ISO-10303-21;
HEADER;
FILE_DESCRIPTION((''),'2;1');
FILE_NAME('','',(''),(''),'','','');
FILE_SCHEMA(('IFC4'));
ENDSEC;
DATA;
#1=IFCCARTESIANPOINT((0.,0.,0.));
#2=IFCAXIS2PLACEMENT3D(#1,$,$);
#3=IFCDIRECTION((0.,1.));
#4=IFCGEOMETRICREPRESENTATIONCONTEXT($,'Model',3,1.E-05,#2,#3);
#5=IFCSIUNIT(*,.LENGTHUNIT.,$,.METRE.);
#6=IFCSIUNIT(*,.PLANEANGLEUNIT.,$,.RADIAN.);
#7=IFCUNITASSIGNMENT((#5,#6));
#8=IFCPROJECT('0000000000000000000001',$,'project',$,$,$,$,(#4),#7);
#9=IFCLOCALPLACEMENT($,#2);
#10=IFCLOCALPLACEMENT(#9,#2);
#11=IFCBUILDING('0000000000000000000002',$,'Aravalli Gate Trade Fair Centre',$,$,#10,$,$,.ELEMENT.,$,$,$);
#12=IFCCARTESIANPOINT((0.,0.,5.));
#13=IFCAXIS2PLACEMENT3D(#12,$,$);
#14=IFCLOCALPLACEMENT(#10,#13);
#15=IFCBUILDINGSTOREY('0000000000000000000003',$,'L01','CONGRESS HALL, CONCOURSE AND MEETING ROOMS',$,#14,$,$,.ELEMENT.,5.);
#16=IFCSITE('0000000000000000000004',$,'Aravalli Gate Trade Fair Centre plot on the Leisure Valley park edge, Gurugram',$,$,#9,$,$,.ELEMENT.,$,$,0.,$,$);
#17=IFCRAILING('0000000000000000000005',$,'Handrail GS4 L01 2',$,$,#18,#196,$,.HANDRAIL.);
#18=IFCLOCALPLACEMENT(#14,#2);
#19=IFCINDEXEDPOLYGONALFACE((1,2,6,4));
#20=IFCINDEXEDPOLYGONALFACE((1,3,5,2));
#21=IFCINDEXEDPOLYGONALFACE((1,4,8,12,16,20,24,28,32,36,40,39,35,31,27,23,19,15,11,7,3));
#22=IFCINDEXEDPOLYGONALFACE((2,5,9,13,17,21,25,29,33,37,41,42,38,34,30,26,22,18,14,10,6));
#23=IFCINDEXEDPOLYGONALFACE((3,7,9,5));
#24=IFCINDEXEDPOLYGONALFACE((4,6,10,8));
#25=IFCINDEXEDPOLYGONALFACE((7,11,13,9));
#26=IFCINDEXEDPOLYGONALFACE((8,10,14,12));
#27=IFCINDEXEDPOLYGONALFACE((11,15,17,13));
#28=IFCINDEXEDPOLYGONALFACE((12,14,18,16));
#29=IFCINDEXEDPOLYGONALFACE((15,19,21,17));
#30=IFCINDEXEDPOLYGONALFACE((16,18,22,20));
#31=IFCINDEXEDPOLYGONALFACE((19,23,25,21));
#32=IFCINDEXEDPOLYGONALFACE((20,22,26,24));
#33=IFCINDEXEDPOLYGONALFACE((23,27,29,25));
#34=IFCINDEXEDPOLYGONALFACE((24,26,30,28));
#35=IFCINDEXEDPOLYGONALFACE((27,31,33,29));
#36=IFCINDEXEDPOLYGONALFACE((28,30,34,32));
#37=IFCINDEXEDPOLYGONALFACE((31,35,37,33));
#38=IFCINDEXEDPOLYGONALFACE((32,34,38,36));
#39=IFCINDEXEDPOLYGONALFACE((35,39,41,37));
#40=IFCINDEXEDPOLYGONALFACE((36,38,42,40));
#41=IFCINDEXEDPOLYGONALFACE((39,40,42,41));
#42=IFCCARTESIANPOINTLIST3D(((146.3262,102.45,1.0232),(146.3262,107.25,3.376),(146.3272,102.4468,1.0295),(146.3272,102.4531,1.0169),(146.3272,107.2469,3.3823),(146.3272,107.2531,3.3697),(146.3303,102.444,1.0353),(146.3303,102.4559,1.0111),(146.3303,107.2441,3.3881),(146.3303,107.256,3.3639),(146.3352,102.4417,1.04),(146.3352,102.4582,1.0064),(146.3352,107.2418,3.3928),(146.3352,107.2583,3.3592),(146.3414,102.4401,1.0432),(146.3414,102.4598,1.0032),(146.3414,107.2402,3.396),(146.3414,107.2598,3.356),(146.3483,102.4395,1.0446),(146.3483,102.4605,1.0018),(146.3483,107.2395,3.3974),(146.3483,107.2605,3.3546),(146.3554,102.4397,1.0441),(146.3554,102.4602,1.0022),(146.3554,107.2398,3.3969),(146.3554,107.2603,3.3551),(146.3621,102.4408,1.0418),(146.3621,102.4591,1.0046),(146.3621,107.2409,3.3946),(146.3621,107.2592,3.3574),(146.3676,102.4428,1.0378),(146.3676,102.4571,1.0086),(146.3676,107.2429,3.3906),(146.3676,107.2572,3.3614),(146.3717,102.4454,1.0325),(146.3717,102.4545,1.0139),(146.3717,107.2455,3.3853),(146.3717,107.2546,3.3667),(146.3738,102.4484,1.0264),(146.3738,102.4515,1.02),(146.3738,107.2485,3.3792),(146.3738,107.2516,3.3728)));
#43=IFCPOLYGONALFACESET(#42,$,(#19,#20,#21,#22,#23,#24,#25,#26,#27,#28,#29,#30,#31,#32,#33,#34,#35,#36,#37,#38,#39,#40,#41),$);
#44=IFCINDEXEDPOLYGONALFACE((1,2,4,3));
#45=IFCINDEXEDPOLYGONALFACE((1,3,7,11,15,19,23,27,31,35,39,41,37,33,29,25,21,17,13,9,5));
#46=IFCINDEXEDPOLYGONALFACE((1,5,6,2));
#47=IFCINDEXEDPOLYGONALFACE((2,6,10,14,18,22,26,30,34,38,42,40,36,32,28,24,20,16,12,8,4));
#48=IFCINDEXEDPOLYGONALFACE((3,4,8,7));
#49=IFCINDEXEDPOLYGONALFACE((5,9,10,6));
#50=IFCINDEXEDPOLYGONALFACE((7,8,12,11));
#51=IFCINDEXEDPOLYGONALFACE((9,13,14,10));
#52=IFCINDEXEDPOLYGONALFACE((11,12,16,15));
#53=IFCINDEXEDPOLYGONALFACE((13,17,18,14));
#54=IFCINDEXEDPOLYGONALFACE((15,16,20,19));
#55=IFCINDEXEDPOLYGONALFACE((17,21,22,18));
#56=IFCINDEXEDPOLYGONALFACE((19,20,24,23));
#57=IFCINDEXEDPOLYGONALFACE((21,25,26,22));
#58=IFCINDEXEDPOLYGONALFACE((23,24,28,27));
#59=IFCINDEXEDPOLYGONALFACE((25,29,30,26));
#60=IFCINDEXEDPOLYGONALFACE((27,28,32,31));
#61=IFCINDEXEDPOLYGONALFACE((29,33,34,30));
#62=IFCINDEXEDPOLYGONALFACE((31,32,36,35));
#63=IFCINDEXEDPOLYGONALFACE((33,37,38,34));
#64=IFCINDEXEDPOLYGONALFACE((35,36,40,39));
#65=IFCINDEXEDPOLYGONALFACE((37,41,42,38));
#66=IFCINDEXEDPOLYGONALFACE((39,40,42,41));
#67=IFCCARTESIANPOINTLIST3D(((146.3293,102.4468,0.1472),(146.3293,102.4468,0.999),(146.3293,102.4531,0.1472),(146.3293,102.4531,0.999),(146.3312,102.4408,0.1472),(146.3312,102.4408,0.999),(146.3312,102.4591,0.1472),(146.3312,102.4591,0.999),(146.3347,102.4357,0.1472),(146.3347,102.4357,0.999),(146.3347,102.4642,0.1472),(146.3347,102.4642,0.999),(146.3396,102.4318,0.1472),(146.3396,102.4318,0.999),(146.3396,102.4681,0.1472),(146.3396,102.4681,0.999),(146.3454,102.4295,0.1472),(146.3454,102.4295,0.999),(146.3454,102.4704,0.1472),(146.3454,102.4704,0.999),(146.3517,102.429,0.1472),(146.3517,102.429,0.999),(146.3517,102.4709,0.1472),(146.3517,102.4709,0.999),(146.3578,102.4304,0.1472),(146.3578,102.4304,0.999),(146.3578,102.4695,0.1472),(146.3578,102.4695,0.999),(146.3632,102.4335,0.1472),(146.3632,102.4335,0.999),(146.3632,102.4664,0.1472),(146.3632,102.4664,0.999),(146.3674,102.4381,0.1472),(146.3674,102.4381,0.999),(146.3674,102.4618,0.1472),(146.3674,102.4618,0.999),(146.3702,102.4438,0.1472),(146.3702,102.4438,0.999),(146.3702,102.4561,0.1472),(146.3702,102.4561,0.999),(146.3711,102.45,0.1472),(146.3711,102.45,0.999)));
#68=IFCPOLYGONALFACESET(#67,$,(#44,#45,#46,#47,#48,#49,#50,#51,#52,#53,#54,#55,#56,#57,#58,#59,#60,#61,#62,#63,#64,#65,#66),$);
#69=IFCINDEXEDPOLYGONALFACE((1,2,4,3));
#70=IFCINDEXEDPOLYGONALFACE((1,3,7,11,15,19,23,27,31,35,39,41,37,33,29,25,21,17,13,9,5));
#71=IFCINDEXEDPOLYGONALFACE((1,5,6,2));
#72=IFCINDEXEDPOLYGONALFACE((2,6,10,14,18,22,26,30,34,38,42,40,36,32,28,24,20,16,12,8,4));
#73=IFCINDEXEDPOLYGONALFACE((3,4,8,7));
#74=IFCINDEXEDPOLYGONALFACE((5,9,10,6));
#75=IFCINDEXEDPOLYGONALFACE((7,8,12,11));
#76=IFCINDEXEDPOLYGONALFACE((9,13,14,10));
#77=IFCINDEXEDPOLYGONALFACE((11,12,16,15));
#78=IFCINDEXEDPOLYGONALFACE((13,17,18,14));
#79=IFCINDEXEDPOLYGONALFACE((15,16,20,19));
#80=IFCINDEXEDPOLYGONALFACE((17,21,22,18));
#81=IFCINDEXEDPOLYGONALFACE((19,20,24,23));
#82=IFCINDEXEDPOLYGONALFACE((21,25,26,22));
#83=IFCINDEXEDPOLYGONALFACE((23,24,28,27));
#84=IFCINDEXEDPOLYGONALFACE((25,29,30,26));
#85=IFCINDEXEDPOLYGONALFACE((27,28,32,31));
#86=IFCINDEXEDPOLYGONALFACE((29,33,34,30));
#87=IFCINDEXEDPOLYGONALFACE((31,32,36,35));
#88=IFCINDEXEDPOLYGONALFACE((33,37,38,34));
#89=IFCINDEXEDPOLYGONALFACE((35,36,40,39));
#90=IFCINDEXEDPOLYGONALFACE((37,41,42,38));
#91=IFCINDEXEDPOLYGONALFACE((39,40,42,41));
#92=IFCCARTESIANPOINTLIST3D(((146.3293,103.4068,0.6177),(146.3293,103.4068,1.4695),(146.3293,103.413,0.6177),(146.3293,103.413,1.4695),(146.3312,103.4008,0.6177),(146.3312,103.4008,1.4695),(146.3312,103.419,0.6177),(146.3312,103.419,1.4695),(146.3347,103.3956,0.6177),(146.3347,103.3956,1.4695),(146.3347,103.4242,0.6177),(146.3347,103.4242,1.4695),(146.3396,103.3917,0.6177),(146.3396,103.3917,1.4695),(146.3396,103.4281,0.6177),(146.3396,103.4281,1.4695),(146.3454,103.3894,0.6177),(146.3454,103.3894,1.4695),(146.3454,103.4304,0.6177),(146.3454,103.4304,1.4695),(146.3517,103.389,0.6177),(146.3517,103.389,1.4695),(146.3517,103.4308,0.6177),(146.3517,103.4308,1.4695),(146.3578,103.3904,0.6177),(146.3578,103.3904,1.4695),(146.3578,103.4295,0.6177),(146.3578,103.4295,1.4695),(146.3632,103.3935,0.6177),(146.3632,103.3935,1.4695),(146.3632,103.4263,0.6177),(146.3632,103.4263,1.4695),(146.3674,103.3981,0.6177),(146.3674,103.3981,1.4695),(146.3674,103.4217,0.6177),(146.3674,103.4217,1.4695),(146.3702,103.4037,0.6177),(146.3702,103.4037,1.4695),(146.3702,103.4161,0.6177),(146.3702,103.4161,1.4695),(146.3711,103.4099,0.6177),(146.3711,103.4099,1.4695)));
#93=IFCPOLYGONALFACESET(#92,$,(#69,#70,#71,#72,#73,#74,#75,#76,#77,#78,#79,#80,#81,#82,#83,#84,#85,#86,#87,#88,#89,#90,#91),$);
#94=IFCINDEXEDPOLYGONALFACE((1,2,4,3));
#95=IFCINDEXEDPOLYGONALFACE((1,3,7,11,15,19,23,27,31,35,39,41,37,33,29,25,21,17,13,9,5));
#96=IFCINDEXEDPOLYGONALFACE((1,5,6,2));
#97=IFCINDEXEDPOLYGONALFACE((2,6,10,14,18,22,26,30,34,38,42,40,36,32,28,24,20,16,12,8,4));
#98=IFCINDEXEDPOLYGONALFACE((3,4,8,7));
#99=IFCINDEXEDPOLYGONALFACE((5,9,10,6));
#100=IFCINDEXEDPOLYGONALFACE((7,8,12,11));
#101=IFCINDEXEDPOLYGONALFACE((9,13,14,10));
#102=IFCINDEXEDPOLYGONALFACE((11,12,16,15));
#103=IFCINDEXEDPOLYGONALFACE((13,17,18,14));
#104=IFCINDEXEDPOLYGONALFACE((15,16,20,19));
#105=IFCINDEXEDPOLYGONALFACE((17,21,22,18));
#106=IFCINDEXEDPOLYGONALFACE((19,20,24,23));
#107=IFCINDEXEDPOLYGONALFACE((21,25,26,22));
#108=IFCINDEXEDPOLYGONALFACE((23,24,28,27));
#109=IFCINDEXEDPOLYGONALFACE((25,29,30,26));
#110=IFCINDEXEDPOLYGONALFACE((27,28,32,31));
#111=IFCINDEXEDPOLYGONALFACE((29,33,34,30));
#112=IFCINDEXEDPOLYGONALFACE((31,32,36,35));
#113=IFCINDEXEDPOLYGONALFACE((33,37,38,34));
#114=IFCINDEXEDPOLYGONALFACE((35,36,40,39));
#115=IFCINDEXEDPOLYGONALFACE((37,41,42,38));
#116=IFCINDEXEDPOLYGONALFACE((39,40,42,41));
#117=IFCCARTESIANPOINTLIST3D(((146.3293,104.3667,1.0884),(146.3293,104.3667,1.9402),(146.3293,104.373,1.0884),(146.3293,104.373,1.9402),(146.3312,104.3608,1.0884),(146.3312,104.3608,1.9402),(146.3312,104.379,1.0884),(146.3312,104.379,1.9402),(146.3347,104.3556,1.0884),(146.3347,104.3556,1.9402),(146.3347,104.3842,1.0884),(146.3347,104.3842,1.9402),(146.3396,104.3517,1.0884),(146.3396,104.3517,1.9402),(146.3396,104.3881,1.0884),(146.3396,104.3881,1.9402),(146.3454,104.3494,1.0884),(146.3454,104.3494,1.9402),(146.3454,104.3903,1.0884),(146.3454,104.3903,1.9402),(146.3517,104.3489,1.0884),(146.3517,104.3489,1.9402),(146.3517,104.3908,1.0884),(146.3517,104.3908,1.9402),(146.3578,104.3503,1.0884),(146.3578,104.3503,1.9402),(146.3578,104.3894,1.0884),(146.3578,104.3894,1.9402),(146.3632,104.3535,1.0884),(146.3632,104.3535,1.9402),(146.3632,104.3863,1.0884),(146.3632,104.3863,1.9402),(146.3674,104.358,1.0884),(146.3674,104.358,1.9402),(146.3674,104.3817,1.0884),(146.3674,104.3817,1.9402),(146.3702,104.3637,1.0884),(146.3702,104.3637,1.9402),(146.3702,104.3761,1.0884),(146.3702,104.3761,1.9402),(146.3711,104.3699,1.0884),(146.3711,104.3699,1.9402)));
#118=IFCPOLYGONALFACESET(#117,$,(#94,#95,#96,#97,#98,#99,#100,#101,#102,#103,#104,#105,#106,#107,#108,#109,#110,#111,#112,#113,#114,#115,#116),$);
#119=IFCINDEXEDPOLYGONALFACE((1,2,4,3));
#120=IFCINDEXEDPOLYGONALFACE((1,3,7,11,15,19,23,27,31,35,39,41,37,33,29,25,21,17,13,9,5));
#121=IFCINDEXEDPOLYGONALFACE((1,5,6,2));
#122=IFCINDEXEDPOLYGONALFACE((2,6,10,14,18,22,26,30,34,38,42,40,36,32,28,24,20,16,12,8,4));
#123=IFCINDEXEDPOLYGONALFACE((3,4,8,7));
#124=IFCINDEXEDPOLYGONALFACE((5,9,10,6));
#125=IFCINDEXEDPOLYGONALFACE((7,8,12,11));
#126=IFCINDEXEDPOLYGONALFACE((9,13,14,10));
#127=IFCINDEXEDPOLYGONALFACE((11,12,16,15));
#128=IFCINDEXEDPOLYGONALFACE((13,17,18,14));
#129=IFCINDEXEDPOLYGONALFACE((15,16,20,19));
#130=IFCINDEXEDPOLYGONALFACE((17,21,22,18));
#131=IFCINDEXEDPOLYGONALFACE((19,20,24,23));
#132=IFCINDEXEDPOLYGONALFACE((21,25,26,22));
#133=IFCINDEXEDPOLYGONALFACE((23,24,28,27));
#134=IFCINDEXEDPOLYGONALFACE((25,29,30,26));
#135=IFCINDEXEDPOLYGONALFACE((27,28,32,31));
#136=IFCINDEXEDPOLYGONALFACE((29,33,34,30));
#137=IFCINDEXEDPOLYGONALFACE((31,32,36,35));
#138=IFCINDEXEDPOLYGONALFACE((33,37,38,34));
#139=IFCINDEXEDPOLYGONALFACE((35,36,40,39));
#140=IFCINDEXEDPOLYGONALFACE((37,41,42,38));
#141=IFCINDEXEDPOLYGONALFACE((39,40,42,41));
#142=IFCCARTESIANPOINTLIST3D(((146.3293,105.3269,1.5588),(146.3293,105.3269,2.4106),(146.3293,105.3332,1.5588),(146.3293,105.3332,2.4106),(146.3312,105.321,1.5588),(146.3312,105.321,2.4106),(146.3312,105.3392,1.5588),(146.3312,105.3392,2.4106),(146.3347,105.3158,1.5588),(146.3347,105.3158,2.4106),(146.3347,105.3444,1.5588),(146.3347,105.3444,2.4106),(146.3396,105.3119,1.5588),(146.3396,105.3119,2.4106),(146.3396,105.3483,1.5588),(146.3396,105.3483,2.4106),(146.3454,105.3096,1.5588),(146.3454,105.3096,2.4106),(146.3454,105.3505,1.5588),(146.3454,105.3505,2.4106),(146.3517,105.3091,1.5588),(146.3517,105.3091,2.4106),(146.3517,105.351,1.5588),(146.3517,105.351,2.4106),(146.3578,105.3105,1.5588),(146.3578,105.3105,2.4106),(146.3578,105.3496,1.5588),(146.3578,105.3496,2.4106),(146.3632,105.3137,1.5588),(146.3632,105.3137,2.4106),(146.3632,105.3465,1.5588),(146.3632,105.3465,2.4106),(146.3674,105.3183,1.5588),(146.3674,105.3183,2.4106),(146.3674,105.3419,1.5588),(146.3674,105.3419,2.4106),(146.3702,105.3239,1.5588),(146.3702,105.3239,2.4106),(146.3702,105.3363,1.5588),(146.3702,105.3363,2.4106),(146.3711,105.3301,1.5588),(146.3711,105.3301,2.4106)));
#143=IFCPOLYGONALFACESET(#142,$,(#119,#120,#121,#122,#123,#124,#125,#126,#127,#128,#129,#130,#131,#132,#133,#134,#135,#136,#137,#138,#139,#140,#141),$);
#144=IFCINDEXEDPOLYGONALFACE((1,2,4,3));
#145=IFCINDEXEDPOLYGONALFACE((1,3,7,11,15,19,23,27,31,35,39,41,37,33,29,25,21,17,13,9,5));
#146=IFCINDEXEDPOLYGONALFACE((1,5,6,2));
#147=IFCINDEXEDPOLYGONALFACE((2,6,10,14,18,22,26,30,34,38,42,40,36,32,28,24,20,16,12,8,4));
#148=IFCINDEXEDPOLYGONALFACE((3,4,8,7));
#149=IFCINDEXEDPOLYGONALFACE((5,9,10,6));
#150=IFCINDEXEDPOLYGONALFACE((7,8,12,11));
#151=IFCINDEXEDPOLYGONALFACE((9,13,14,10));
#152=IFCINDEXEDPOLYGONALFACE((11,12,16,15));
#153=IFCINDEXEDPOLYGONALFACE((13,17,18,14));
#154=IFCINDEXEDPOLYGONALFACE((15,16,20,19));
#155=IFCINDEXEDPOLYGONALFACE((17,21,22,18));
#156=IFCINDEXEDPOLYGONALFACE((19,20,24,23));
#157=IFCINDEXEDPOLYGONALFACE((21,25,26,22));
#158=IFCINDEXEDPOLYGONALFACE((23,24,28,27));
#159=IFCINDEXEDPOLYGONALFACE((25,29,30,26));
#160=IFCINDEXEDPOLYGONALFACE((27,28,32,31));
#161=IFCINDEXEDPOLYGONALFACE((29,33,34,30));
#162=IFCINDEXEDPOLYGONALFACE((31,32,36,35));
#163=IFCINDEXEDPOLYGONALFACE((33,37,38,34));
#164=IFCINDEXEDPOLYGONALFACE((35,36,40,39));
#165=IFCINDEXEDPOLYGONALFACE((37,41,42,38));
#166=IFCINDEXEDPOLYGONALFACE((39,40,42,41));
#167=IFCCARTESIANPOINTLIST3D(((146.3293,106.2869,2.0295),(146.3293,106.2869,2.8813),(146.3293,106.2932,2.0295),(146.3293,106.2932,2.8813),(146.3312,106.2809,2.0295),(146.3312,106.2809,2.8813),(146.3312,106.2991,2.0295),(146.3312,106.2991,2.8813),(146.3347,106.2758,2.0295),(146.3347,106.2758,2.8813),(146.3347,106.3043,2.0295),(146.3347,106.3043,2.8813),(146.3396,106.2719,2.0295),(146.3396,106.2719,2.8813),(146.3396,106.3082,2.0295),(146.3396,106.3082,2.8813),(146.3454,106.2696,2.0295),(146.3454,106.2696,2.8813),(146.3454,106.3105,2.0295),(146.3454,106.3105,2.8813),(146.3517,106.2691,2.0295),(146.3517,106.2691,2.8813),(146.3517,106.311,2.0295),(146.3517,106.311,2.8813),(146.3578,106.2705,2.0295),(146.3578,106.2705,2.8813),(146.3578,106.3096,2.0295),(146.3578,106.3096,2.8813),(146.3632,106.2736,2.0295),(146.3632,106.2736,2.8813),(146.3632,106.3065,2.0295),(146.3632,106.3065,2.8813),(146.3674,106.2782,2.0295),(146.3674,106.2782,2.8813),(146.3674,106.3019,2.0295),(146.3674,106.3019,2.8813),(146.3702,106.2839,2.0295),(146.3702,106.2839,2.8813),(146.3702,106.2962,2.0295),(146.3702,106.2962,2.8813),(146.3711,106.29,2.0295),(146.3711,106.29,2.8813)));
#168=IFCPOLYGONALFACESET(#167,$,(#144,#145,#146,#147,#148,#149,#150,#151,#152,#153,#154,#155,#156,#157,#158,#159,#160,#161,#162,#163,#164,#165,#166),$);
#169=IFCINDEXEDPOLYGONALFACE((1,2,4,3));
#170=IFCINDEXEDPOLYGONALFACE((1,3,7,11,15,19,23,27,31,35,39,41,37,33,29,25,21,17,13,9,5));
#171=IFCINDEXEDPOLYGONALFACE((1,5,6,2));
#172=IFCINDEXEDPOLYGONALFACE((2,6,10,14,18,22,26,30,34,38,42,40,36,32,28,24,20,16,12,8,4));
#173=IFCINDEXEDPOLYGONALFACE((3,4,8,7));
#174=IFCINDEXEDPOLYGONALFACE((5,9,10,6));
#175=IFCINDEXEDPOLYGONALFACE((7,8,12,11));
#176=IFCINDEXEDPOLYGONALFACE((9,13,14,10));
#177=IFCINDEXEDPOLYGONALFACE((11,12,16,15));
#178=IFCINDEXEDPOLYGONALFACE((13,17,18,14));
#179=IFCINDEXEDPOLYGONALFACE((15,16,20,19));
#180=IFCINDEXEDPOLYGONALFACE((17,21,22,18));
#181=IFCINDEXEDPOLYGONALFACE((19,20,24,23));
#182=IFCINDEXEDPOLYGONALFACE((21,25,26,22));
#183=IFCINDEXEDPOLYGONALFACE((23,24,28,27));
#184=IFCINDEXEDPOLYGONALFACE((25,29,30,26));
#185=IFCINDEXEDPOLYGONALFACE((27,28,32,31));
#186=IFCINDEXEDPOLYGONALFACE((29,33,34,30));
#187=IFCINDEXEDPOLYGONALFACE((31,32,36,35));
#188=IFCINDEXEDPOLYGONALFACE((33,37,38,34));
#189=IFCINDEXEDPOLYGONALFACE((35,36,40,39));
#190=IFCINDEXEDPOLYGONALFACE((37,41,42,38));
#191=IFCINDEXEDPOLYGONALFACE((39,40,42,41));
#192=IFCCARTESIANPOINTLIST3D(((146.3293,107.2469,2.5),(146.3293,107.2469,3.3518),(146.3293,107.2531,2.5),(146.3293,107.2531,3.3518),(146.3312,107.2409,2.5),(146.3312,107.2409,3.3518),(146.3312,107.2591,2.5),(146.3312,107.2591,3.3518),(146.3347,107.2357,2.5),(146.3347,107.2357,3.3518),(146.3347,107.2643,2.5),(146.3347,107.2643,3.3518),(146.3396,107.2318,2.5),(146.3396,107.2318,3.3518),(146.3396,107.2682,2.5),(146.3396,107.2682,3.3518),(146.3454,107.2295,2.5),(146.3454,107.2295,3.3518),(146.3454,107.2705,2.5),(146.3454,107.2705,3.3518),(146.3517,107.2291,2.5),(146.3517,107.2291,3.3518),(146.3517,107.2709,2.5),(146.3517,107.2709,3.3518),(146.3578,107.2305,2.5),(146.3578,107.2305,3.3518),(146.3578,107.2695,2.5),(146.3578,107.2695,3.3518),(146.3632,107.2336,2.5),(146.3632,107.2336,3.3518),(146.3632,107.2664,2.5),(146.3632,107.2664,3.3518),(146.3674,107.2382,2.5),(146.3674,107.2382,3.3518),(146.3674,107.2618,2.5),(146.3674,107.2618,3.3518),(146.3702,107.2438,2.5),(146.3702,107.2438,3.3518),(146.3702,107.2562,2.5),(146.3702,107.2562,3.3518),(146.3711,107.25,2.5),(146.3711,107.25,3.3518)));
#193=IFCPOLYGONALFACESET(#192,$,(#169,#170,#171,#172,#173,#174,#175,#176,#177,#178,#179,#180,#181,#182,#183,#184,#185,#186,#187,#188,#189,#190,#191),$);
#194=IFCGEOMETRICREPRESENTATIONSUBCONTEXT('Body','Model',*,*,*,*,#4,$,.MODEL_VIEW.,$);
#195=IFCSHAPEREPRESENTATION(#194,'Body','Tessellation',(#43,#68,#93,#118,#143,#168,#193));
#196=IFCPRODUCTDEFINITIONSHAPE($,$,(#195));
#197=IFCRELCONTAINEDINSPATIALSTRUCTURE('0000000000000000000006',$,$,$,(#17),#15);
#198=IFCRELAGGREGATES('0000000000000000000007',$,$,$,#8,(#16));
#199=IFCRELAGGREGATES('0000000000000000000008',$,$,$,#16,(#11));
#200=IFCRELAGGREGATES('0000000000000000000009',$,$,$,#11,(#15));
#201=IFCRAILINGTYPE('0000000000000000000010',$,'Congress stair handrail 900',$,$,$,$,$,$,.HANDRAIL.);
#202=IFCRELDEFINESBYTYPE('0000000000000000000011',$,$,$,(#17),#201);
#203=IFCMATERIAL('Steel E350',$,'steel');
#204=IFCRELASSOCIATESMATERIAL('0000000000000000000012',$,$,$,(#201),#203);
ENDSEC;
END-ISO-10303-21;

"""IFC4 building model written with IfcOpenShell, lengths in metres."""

from ifc_helpers import new_model, si_unit, direction, frame, origin, origin_2d, place, context, subcontext, project, spatial, circle, extrude, material, type_object, element, save


model = new_model("IFC4")

# Units and contexts
model_context = context("Model", 3, precision=1e-05, world=origin(), true_north=direction((0.0, 1.0)))
body_context = subcontext(model_context, "Body", "Model", "MODEL_VIEW")
ifc_project = project(units=[si_unit("LENGTHUNIT", "METRE"), si_unit("PLANEANGLEUNIT", "RADIAN")], contexts=[model_context])

# Site, building, storey
site_placement = place(None, origin())
site = spatial("IfcSite", under=ifc_project, at=site_placement, Name="Aravalli Gate Trade Fair Centre plot on the Leisure Valley park edge, Gurugram", CompositionType="ELEMENT", RefElevation=0.0)
building_placement = place(site_placement, origin())
building = spatial("IfcBuilding", under=site, at=building_placement, Name="Aravalli Gate Trade Fair Centre", CompositionType="ELEMENT")
storey_placement = place(building_placement, frame((0.0, 0.0, 5.0)))
storey = spatial("IfcBuildingStorey", under=building, at=storey_placement, Name="L01", Description="CONGRESS HALL, CONCOURSE AND MEETING ROOMS", CompositionType="ELEMENT", Elevation=5.0)

# Shared definitions
ifc_material_1 = material(Name="Steel E350", Category="steel")

# Railing
railing_type = type_object("IfcRailingType", Name="Congress stair handrail 900", PredefinedType="HANDRAIL", material=ifc_material_1)
for number, where, name in (
    (1, (146.3501, 102.45, 0.1472), "Handrail GS4 L01 2"),
):
    element("IfcRailing", number, at=place(storey_placement, frame(where)), inside=storey, type_object=railing_type, Name=name, PredefinedType="HANDRAIL", context=body_context, shape_type="SweptSolid", body=[
        extrude(circle(Radius=0.0239, at=origin_2d()), frame((0.0, 0.0, 0.876), z_axis=(0.0, 0.897934, 0.44013), x_axis=(-1.0, 0.0, 0.0)), (0.0, 0.0, 1.0), 5.3457),
        extrude(circle(Radius=0.021, at=origin_2d()), origin(), (0.0, 0.0, 1.0), 0.8518),
        extrude(circle(Radius=0.021, at=origin_2d()), frame((0.0, 0.96, 0.4705)), (0.0, 0.0, 1.0), 0.8518),
        extrude(circle(Radius=0.021, at=origin_2d()), frame((0.0, 1.9199, 0.9412)), (0.0, 0.0, 1.0), 0.8518),
        extrude(circle(Radius=0.021, at=origin_2d()), frame((0.0, 2.8801, 1.4116)), (0.0, 0.0, 1.0), 0.8518),
        extrude(circle(Radius=0.021, at=origin_2d()), frame((0.0, 3.8401, 1.8823)), (0.0, 0.0, 1.0), 0.8518),
        extrude(circle(Radius=0.021, at=origin_2d()), frame((0.0, 4.8, 2.3528)), (0.0, 0.0, 1.0), 0.8518),
    ])

save(model, "model.ifc")
